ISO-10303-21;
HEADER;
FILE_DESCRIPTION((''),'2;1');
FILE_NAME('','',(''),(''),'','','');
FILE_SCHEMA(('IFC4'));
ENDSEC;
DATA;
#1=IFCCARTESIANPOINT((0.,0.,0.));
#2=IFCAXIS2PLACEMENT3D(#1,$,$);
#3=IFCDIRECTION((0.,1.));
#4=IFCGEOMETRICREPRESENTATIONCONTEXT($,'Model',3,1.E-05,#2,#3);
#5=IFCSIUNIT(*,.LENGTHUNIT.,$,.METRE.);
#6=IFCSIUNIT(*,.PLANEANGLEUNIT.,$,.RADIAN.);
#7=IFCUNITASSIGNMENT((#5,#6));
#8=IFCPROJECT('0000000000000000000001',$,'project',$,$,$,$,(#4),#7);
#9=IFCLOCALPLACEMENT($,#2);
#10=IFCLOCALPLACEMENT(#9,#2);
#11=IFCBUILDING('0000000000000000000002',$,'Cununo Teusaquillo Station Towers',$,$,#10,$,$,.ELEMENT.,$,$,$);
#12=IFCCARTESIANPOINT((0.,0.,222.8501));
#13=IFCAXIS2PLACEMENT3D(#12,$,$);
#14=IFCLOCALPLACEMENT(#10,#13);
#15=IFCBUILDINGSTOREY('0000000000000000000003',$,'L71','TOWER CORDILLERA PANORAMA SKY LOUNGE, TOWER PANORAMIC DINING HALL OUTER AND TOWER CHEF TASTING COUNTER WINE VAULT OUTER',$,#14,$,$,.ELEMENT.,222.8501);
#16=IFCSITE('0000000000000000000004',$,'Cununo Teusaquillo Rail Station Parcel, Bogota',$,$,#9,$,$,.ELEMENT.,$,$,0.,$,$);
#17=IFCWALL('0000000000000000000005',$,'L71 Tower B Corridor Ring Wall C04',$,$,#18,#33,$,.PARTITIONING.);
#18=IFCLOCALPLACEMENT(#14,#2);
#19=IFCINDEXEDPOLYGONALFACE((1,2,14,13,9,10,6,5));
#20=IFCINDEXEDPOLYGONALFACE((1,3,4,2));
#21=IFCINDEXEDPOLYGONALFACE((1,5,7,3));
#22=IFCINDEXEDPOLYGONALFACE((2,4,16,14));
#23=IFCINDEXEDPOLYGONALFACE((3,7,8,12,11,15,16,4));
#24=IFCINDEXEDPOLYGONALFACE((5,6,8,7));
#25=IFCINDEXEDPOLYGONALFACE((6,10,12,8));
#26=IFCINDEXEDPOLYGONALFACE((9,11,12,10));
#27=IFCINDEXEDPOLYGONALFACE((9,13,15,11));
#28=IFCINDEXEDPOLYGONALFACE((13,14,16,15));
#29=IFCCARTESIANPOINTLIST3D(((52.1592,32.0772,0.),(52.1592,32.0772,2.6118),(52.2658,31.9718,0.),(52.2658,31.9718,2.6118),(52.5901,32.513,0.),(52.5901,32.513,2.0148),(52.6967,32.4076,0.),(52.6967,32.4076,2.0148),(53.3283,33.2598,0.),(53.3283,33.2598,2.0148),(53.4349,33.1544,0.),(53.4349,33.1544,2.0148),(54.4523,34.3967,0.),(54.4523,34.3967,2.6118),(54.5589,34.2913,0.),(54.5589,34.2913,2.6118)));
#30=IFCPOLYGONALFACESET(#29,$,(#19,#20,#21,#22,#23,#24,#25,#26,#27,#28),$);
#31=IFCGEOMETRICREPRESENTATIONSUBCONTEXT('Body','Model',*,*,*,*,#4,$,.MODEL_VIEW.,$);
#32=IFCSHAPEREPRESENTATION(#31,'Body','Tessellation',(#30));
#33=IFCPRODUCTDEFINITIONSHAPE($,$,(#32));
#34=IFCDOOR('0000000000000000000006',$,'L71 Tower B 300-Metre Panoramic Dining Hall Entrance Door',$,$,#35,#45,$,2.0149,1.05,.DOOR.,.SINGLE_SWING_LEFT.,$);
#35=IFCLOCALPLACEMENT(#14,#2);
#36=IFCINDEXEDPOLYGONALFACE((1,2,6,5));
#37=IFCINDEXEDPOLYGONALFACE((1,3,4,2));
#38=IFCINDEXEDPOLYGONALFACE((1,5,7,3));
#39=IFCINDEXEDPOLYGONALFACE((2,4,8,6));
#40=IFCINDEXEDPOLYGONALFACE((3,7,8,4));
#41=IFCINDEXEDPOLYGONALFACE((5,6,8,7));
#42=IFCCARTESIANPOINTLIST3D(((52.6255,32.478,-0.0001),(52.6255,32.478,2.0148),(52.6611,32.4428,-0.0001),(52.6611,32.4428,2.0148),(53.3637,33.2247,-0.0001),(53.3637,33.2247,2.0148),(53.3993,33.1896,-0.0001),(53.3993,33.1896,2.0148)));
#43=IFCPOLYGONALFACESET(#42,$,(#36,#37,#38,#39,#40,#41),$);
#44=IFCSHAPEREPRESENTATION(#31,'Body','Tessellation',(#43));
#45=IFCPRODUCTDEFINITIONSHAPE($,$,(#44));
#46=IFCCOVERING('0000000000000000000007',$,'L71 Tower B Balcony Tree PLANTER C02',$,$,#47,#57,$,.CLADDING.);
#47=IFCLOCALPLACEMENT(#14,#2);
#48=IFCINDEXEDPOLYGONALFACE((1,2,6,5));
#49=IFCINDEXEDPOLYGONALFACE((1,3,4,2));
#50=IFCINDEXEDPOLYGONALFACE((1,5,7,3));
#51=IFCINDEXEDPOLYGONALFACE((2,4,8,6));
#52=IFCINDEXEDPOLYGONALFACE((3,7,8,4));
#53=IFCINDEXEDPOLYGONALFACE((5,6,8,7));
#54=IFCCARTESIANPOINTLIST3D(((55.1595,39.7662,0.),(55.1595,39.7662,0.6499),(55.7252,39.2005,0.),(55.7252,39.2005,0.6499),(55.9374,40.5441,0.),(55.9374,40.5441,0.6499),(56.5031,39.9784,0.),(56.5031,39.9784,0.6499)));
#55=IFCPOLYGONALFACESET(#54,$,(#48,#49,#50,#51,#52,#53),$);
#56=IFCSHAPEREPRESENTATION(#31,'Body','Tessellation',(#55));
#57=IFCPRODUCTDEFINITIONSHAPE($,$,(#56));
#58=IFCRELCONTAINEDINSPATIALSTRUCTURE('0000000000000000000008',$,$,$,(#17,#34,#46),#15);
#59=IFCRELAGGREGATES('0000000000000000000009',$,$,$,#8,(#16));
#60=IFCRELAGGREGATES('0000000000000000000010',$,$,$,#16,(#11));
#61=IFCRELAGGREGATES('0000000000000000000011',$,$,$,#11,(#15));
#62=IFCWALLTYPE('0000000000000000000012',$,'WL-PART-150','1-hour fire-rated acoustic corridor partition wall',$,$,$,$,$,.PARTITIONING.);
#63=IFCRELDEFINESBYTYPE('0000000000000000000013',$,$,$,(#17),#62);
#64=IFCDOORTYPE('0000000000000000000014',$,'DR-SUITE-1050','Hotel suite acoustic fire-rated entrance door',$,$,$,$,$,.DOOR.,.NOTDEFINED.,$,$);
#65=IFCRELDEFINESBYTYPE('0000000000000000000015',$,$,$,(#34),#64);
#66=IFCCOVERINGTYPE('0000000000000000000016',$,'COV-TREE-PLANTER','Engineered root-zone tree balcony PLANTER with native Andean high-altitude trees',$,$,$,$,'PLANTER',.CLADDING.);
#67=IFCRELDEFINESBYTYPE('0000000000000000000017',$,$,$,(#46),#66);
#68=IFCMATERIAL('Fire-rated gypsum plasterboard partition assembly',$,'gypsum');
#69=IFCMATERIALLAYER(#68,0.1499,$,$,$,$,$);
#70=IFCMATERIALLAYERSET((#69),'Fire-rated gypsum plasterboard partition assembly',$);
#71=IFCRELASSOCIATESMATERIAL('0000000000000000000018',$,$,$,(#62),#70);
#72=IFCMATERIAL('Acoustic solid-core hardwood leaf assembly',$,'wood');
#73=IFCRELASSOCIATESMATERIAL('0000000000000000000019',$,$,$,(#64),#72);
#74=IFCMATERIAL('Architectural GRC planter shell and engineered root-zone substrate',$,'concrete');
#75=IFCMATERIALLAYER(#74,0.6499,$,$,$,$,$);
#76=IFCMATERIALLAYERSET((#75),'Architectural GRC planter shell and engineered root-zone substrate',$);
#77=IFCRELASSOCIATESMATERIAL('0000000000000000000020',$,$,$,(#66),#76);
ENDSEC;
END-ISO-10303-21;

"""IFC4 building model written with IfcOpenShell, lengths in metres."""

from ifc_helpers import new_model, si_unit, direction, frame, frame_2d, origin, origin_2d, place, context, subcontext, project, spatial, rectangle, extrude, source, transform, mapped, material, layer, layer_set, type_object, element, fill, save


model = new_model("IFC4")

# Units and contexts
model_context = context("Model", 3, precision=1e-05, world=origin(), true_north=direction((0.0, 1.0)))
body_context = subcontext(model_context, "Body", "Model", "MODEL_VIEW")
ifc_project = project(units=[si_unit("LENGTHUNIT", "METRE"), si_unit("PLANEANGLEUNIT", "RADIAN")], contexts=[model_context])

# Site, building, storey
site_placement = place(None, origin())
site = spatial("IfcSite", under=ifc_project, at=site_placement, Name="Cununo Teusaquillo Rail Station Parcel, Bogota", CompositionType="ELEMENT", RefElevation=0.0)
building_placement = place(site_placement, origin())
building = spatial("IfcBuilding", under=site, at=building_placement, Name="Cununo Teusaquillo Station Towers", CompositionType="ELEMENT")
storey_placement = place(building_placement, frame((0.0, 0.0, 222.8501)))
storey = spatial("IfcBuildingStorey", under=building, at=storey_placement, Name="L71", Description="TOWER CORDILLERA PANORAMA SKY LOUNGE, TOWER PANORAMIC DINING HALL OUTER AND TOWER CHEF TASTING COUNTER WINE VAULT OUTER", CompositionType="ELEMENT", Elevation=222.8501)

# Shared definitions
ifc_material_1 = material(Name="Fire-rated gypsum plasterboard partition assembly", Category="gypsum")
ifc_layer_1 = layer(ifc_material_1, 0.1499)
ifc_layer_set_1 = layer_set([ifc_layer_1], Name="Fire-rated gypsum plasterboard partition assembly")
wall_type_1 = type_object("IfcWallType", Name="WL-PART-150", Description="1-hour fire-rated acoustic corridor partition wall", PredefinedType="PARTITIONING", material=ifc_layer_set_1)

# Wall, opening, door
wall_1_placement = place(storey_placement, frame((54.5056, 34.344, 0.0), z_axis=(0.0, 0.0, 1.0), x_axis=(-0.703053, -0.711137, 0.0)))
wall_1 = element("IfcWall", 1, at=wall_1_placement, inside=storey, type_object=wall_type_1, Name="L71 Tower B Corridor Ring Wall C04", PredefinedType="PARTITIONING", context=body_context, shape_type="SweptSolid", body=[
    extrude(rectangle(XDim=3.2617, YDim=0.1499, at=frame_2d((1.6309, 0.0))), origin(), (0.0, 0.0, 1.0), 2.6118),
])
shared_shape_1 = source(origin(), body_context, "Body", "SweptSolid", [
    extrude(rectangle(XDim=1.05, YDim=2.0149, at=frame_2d((0.5249, 1.0073))), frame((0.0, 0.085, 0.0), z_axis=(0.0, -1.0, 0.0), x_axis=(1.0, 0.0, 0.0)), (0.0, 0.0, 1.0), 0.1699),
])
opening_1_placement = place(wall_1_placement, frame((1.5989, 0.0, 0.0)))
opening_1 = element("IfcOpeningElement", 2, at=opening_1_placement, cuts=wall_1, PredefinedType="OPENING", context=body_context, shape_type="MappedRepresentation", body=[
    mapped(shared_shape_1, transform((0.0, 0.0, 0.0), x_axis=(1.0, 0.0, 0.0), y_axis=(0.0, 1.0, 0.0), z_axis=(0.0, 0.0, 1.0), scale=1.0)),
])
ifc_material_2 = material(Name="Acoustic solid-core hardwood leaf assembly", Category="wood")
door_type_1 = type_object("IfcDoorType", Name="DR-SUITE-1050", Description="Hotel suite acoustic fire-rated entrance door", OperationType="NOTDEFINED", PredefinedType="DOOR", material=ifc_material_2)
shared_shape_2 = source(origin(), body_context, "Body", "SweptSolid", [
    extrude(rectangle(XDim=1.05, YDim=2.0149, at=frame_2d((0.5249, 1.0073))), frame((0.0, 0.0249, 0.0), z_axis=(0.0, -1.0, 0.0), x_axis=(1.0, 0.0, 0.0)), (0.0, 0.0, 1.0), 0.05),
])
door_1_placement = place(opening_1_placement, origin())
door_1 = element("IfcDoor", 3, at=door_1_placement, inside=storey, type_object=door_type_1, Name="L71 Tower B 300-Metre Panoramic Dining Hall Entrance Door", OperationType="SINGLE_SWING_LEFT", OverallHeight=2.0149, OverallWidth=1.05, PredefinedType="DOOR", context=body_context, shape_type="MappedRepresentation", body=[
    mapped(shared_shape_2, transform((0.0, 0.0, 0.0), x_axis=(1.0, 0.0, 0.0), y_axis=(0.0, 1.0, 0.0), z_axis=(0.0, 0.0, 1.0), scale=1.0)),
])
fill(opening_1, door_1)

# Covering
ifc_material_3 = material(Name="Architectural GRC planter shell and engineered root-zone substrate", Category="concrete")
ifc_layer_2 = layer(ifc_material_3, 0.6499)
ifc_layer_set_2 = layer_set([ifc_layer_2], Name="Architectural GRC planter shell and engineered root-zone substrate")
covering_type = type_object("IfcCoveringType", Name="COV-TREE-PLANTER", Description="Engineered root-zone tree balcony PLANTER with native Andean high-altitude trees", ElementType="PLANTER", PredefinedType="CLADDING", material=ifc_layer_set_2)
shared_shape_3 = source(origin(), body_context, "Body", "SweptSolid", [
    extrude(rectangle(XDim=1.1001, YDim=0.8, at=origin_2d()), origin(), (0.0, 0.0, 1.0), 0.6499),
])
covering_placement = place(storey_placement, frame((55.8313, 39.8723, 0.0), z_axis=(0.0, 0.0, 1.0), x_axis=(0.707107, 0.707107, 0.0)))
element("IfcCovering", 4, at=covering_placement, inside=storey, type_object=covering_type, Name="L71 Tower B Balcony Tree PLANTER C02", PredefinedType="CLADDING", context=body_context, shape_type="MappedRepresentation", body=[
    mapped(shared_shape_3, transform((0.0, 0.0, 0.0), x_axis=(1.0, 0.0, 0.0), y_axis=(0.0, 1.0, 0.0), z_axis=(0.0, 0.0, 1.0), scale=1.0)),
])

save(model, "model.ifc")
